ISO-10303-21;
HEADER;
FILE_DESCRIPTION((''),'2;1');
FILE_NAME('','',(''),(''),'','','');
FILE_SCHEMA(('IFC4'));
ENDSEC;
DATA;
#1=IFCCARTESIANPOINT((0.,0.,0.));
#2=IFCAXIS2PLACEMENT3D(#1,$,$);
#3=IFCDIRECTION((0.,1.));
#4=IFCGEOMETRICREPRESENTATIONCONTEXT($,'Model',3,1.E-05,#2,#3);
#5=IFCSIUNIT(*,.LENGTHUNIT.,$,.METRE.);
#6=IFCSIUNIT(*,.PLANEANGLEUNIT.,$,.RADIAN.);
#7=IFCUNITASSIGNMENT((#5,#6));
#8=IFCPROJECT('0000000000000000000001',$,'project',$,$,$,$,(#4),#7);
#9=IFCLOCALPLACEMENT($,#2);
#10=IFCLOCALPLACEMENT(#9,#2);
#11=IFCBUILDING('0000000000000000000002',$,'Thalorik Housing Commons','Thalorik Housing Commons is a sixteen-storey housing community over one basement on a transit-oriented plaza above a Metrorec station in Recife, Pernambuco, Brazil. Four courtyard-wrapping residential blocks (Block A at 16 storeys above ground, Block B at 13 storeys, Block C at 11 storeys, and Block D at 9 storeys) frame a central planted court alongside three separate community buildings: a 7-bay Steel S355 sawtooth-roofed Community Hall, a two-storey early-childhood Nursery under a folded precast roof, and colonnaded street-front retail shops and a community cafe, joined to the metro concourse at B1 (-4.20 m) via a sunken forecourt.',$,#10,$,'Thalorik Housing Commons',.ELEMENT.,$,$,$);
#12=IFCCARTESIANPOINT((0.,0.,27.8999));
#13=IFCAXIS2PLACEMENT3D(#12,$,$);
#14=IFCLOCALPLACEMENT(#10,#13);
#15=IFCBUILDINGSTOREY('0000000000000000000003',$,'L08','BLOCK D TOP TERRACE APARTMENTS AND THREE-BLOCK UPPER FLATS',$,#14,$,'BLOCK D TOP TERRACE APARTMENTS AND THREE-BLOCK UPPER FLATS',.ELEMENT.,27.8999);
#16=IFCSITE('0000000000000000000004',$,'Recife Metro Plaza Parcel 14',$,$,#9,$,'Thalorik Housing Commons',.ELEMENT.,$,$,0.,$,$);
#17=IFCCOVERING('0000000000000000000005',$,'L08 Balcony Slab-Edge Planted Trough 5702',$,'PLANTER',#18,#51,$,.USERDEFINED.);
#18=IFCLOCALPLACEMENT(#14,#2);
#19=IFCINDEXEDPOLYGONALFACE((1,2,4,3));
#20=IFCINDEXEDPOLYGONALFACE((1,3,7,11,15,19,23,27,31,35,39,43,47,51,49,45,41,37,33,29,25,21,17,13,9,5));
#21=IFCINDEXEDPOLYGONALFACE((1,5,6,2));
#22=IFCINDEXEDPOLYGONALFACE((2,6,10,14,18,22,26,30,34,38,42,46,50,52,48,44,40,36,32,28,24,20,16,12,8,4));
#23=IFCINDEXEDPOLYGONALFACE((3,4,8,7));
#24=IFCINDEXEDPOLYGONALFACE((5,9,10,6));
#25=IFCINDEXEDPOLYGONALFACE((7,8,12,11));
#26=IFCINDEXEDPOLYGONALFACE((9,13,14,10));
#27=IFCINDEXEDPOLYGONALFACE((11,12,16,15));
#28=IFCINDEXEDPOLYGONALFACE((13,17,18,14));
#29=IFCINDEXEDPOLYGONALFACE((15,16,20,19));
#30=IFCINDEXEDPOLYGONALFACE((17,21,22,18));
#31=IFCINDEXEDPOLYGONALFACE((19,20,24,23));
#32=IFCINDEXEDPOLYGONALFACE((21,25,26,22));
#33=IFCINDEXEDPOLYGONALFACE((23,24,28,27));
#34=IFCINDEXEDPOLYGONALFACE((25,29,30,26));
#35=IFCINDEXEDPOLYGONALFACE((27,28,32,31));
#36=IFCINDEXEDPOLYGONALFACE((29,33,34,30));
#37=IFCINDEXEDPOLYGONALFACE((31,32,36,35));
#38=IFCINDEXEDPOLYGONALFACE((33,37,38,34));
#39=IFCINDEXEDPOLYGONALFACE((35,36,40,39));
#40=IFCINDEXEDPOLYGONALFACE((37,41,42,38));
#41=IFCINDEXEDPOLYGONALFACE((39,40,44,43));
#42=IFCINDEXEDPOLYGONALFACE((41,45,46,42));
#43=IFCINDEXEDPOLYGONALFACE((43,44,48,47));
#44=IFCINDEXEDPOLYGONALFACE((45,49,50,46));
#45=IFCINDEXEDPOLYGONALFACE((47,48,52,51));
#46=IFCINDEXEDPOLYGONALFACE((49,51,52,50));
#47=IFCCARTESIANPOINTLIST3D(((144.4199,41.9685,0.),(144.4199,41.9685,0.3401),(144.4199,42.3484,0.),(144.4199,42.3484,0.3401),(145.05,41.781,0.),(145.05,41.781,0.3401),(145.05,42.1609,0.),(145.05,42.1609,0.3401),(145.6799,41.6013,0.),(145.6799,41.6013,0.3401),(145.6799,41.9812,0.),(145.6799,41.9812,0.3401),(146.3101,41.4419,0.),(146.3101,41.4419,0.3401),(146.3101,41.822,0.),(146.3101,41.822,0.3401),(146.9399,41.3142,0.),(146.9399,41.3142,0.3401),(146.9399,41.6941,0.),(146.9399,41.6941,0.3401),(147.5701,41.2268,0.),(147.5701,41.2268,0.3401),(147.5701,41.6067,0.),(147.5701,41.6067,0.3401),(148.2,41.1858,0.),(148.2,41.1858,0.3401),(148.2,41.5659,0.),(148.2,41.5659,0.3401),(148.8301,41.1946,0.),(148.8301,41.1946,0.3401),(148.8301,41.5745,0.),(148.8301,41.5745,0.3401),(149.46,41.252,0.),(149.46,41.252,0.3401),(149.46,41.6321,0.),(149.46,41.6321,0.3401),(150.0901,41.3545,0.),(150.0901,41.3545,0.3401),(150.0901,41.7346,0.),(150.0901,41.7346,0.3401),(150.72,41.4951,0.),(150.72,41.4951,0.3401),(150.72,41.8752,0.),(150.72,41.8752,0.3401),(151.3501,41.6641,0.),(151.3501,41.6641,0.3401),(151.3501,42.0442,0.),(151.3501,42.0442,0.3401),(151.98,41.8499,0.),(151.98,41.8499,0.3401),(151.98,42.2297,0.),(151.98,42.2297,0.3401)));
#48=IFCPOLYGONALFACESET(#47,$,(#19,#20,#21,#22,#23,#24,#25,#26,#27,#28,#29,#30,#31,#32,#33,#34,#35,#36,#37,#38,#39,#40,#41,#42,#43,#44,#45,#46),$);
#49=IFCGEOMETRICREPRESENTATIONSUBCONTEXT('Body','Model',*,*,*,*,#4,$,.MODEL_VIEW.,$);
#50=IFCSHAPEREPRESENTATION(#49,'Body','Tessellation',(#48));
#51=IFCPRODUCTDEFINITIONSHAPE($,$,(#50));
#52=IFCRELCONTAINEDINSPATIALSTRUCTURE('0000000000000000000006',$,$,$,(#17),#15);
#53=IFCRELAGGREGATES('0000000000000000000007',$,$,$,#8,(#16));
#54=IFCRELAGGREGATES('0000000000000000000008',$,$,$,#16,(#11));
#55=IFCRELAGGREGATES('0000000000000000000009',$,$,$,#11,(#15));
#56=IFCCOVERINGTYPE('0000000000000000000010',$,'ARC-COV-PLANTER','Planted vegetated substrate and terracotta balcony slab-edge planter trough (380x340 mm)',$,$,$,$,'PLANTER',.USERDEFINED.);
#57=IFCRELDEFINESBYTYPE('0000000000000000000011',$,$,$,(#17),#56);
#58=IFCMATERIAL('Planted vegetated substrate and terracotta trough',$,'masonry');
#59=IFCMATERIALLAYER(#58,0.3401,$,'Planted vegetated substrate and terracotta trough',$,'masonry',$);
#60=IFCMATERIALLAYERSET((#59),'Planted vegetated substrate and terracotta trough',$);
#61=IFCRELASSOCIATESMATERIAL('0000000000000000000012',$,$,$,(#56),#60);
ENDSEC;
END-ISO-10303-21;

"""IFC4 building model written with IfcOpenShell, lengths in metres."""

from ifc_helpers import new_model, si_unit, direction, frame, origin, place, context, subcontext, project, spatial, polyline, outline, extrude, material, layer, layer_set, type_object, element, save


model = new_model("IFC4")

# Units and contexts
model_context = context("Model", 3, precision=1e-05, world=origin(), true_north=direction((0.0, 1.0)))
body_context = subcontext(model_context, "Body", "Model", "MODEL_VIEW")
ifc_project = project(units=[si_unit("LENGTHUNIT", "METRE"), si_unit("PLANEANGLEUNIT", "RADIAN")], contexts=[model_context])

# Site, building, storey
site_placement = place(None, origin())
site = spatial("IfcSite", under=ifc_project, at=site_placement, Name="Recife Metro Plaza Parcel 14", LongName="Thalorik Housing Commons", CompositionType="ELEMENT", RefElevation=0.0)
building_placement = place(site_placement, origin())
building = spatial("IfcBuilding", under=site, at=building_placement, Name="Thalorik Housing Commons", Description="Thalorik Housing Commons is a sixteen-storey housing community over one basement on a transit-oriented plaza above a Metrorec station in Recife, Pernambuco, Brazil. Four courtyard-wrapping residential blocks (Block A at 16 storeys above ground, Block B at 13 storeys, Block C at 11 storeys, and Block D at 9 storeys) frame a central planted court alongside three separate community buildings: a 7-bay Steel S355 sawtooth-roofed Community Hall, a two-storey early-childhood Nursery under a folded precast roof, and colonnaded street-front retail shops and a community cafe, joined to the metro concourse at B1 (-4.20 m) via a sunken forecourt.", LongName="Thalorik Housing Commons", CompositionType="ELEMENT")
storey_placement = place(building_placement, frame((0.0, 0.0, 27.8999)))
storey = spatial("IfcBuildingStorey", under=building, at=storey_placement, Name="L08", Description="BLOCK D TOP TERRACE APARTMENTS AND THREE-BLOCK UPPER FLATS", LongName="BLOCK D TOP TERRACE APARTMENTS AND THREE-BLOCK UPPER FLATS", CompositionType="ELEMENT", Elevation=27.8999)

# Covering
ifc_material_1 = material(Name="Planted vegetated substrate and terracotta trough", Category="masonry")
ifc_layer_1 = layer(ifc_material_1, 0.3401, Name="Planted vegetated substrate and terracotta trough", Category="masonry")
ifc_layer_set_1 = layer_set([ifc_layer_1], Name="Planted vegetated substrate and terracotta trough")
covering_type = type_object("IfcCoveringType", Name="ARC-COV-PLANTER", Description="Planted vegetated substrate and terracotta balcony slab-edge planter trough (380x340 mm)", ElementType="PLANTER", PredefinedType="USERDEFINED", material=ifc_layer_set_1)
covering_1_placement = place(storey_placement, origin())
element("IfcCovering", 1, at=covering_1_placement, inside=storey, type_object=covering_type, Name="L08 Balcony Slab-Edge Planted Trough 5702", ObjectType="PLANTER", PredefinedType="USERDEFINED", context=body_context, shape_type="SweptSolid", body=[
    extrude(outline(polyline([(144.4199, 41.9685), (145.05, 41.781), (145.6799, 41.6013), (146.3101, 41.4419), (146.9399, 41.3142), (147.5701, 41.2268), (148.2, 41.1858), (148.8301, 41.1946), (149.46, 41.252), (150.0901, 41.3545), (150.72, 41.4951), (151.3501, 41.6641), (151.98, 41.8499), (151.98, 42.2297), (151.3501, 42.0442), (150.72, 41.8752), (150.0901, 41.7346), (149.46, 41.6321), (148.8301, 41.5745), (148.2, 41.5659), (147.5701, 41.6067), (146.9399, 41.6941), (146.3101, 41.822), (145.6799, 41.9812), (145.05, 42.1609), (144.4199, 42.3484), (144.4199, 41.9685)])), origin(), (0.0, 0.0, 1.0), 0.3401),
])

save(model, "model.ifc")
